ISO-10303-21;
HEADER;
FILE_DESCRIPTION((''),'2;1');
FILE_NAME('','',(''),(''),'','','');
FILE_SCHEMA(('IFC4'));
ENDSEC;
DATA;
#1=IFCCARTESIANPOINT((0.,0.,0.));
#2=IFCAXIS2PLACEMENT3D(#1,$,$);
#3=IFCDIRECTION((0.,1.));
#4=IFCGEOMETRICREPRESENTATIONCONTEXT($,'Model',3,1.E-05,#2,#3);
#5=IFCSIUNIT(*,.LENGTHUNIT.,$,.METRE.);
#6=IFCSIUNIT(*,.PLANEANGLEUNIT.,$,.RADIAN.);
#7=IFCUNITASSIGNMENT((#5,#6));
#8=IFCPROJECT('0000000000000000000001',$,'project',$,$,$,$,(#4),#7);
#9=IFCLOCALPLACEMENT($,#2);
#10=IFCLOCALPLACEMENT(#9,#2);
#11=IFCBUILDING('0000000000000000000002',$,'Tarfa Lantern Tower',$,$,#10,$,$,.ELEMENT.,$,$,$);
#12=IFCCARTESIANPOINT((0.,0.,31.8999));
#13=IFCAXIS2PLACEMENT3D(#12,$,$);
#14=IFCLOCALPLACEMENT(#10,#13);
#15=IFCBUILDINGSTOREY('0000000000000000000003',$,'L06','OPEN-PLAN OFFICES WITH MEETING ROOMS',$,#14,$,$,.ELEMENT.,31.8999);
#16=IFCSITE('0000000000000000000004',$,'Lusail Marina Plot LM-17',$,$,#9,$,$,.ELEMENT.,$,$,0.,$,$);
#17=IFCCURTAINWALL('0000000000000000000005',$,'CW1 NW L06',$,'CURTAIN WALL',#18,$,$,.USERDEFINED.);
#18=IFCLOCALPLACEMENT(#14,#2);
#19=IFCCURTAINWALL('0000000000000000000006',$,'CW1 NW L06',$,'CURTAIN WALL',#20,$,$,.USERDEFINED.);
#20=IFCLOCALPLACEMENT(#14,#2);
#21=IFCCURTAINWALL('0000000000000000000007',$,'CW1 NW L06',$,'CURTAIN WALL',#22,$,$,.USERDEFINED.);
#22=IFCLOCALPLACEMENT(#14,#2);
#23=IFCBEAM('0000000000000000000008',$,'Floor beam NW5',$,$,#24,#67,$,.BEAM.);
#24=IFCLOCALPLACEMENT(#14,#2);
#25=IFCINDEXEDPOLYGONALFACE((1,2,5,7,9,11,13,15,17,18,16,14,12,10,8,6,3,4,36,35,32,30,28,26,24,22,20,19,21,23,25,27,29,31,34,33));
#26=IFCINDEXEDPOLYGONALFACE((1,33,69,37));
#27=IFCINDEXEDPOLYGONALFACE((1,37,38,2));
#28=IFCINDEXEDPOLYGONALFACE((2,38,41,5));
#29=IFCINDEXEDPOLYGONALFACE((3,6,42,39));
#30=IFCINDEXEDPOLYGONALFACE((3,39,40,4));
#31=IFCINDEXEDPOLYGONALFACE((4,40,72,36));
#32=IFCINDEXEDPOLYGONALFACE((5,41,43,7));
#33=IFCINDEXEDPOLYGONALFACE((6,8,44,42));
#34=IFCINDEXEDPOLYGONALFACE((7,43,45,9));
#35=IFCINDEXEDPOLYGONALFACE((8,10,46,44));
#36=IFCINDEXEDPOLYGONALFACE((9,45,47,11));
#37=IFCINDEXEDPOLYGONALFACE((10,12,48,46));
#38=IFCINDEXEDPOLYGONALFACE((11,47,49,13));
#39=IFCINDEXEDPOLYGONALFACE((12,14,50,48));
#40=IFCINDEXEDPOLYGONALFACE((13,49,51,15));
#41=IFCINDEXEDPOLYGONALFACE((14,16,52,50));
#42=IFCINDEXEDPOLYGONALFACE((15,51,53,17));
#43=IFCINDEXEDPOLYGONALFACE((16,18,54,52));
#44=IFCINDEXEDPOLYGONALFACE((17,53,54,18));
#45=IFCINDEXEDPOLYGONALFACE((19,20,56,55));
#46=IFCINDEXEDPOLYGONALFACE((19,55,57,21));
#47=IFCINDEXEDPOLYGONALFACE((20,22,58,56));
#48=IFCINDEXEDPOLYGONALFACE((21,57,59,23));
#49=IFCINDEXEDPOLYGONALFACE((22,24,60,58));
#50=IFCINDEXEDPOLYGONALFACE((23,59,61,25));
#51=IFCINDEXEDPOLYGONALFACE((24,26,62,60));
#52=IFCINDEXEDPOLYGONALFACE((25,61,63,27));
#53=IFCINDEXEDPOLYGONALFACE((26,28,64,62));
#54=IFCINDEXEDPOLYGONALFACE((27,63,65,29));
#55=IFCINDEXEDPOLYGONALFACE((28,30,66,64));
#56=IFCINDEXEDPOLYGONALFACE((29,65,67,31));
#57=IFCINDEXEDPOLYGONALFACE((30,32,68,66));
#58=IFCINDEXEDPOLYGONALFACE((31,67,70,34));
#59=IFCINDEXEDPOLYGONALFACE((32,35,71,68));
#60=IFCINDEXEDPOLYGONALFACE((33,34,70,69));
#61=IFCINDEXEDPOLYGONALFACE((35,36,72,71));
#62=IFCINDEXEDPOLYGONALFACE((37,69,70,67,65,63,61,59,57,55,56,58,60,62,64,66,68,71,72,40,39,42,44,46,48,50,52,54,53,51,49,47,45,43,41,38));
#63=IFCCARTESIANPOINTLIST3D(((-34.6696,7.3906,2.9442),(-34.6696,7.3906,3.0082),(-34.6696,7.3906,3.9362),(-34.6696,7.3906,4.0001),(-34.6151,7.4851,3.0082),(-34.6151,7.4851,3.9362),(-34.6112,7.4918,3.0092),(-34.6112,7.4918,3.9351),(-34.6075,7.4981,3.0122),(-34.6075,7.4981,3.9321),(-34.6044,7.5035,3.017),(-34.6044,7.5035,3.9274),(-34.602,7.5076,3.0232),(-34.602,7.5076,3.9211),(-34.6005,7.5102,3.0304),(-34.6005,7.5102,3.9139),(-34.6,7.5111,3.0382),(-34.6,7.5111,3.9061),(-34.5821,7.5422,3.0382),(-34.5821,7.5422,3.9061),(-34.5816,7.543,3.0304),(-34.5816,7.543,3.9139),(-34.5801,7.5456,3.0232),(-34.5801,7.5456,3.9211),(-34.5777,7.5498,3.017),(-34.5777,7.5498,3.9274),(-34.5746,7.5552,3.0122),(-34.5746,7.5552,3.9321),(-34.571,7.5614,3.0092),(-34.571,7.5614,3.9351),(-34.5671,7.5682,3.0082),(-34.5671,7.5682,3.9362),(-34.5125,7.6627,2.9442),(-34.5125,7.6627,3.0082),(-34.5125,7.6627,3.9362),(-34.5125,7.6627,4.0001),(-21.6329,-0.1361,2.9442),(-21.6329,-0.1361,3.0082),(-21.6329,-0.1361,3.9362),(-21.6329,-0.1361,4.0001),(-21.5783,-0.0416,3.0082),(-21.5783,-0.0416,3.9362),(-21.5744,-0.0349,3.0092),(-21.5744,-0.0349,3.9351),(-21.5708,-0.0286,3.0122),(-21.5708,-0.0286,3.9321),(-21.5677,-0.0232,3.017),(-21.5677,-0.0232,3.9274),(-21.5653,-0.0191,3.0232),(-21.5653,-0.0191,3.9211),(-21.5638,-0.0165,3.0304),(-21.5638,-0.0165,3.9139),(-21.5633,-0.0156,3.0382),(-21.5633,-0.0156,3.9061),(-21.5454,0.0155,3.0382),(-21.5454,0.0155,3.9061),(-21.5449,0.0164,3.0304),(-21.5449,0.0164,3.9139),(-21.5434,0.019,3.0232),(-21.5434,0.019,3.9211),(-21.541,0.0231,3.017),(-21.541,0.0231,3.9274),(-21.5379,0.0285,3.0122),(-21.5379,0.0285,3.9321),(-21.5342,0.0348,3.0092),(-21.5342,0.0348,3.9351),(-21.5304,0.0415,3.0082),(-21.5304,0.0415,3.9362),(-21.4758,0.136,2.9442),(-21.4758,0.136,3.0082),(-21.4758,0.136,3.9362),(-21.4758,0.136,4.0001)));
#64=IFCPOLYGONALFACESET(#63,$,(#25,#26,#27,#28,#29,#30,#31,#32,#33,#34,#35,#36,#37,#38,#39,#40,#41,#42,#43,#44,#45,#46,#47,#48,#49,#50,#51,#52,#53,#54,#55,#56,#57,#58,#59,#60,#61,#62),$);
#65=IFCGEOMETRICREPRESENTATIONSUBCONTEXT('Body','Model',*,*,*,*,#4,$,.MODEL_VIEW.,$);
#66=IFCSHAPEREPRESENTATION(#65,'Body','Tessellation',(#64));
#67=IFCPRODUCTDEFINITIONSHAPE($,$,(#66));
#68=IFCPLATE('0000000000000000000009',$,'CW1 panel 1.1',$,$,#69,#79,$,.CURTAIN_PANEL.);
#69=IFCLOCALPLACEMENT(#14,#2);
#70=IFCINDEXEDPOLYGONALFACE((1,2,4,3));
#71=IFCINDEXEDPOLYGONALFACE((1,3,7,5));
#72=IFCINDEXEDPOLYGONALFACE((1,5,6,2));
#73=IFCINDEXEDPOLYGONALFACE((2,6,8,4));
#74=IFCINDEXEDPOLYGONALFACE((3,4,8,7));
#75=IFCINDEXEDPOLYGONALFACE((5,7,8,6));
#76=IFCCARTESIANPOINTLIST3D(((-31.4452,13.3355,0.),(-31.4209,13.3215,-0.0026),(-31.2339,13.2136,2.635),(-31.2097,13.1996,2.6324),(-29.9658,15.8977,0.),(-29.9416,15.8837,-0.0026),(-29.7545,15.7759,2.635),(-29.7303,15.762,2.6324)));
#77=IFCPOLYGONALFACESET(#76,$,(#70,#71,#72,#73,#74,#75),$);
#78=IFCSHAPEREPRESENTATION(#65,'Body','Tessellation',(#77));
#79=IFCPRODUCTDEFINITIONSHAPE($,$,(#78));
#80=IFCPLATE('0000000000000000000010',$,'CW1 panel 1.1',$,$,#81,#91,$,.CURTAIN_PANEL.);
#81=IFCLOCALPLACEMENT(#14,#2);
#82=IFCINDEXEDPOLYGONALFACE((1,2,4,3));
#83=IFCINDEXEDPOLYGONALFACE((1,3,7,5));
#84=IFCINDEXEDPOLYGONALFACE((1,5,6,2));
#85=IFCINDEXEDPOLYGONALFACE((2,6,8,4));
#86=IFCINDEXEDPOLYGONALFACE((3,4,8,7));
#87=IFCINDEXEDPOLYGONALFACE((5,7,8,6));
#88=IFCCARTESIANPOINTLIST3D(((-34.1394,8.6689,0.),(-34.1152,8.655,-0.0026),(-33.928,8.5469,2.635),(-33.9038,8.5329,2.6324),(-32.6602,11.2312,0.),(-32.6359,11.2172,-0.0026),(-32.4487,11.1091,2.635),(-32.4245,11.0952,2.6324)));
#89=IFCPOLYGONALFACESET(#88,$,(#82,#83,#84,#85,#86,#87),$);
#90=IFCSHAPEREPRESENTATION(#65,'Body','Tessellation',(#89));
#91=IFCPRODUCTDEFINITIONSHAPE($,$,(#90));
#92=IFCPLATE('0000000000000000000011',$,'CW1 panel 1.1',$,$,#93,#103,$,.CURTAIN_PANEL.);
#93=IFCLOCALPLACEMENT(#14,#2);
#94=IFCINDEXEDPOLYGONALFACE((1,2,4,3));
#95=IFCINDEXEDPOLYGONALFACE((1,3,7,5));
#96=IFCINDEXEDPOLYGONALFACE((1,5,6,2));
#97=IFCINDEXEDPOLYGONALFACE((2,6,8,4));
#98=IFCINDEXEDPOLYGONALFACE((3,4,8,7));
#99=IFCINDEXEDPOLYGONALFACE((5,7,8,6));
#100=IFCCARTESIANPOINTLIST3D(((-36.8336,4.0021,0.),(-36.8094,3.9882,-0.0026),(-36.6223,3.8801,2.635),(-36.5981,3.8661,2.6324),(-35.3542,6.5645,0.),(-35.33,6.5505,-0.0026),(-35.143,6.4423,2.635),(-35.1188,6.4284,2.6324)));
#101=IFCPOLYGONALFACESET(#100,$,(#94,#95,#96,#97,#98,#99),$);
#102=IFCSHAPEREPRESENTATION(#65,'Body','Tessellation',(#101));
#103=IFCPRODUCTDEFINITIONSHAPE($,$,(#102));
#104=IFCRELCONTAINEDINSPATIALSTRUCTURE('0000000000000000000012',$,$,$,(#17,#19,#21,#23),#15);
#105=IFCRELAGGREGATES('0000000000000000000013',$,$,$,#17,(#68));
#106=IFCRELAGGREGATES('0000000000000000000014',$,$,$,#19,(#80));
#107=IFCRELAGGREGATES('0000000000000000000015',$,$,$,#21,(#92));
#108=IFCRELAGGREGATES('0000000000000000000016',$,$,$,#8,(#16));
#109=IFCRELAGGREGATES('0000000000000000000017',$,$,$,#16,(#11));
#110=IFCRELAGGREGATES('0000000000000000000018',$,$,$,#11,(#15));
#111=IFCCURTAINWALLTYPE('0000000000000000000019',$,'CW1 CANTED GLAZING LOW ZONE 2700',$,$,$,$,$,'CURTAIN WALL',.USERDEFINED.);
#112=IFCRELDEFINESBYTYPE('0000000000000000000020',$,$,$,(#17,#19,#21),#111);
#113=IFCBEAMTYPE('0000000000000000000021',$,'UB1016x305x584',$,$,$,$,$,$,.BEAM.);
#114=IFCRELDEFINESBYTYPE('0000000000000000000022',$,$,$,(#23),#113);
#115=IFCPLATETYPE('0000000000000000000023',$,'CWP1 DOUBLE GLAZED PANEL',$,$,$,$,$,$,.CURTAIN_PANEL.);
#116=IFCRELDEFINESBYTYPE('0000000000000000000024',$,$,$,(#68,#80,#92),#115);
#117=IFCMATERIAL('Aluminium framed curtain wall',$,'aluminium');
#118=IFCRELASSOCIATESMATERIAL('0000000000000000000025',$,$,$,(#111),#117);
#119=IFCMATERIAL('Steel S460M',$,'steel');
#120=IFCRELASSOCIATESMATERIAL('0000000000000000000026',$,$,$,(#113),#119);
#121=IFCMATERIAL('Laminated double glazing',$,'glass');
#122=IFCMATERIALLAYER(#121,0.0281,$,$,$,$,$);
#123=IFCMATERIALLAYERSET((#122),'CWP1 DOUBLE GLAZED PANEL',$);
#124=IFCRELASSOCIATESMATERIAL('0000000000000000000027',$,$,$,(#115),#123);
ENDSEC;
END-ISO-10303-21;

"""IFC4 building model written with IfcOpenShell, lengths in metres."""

from ifc_helpers import new_model, si_unit, direction, frame, origin, origin_2d, place, context, subcontext, project, spatial, polyline, i_section, outline, extrude, material, layer, layer_set, material_profile, profile_set, type_object, element, aggregate, save


model = new_model("IFC4")

# Units and contexts
model_context = context("Model", 3, precision=1e-05, world=origin(), true_north=direction((0.0, 1.0)))
body_context = subcontext(model_context, "Body", "Model", "MODEL_VIEW")
ifc_project = project(units=[si_unit("LENGTHUNIT", "METRE"), si_unit("PLANEANGLEUNIT", "RADIAN")], contexts=[model_context])

# Site, building, storey
site_placement = place(None, origin())
site = spatial("IfcSite", under=ifc_project, at=site_placement, Name="Lusail Marina Plot LM-17", CompositionType="ELEMENT", RefElevation=0.0)
building_placement = place(site_placement, origin())
building = spatial("IfcBuilding", under=site, at=building_placement, Name="Tarfa Lantern Tower", CompositionType="ELEMENT")
storey_placement = place(building_placement, frame((0.0, 0.0, 31.8999)))
storey = spatial("IfcBuildingStorey", under=building, at=storey_placement, Name="L06", Description="OPEN-PLAN OFFICES WITH MEETING ROOMS", CompositionType="ELEMENT", Elevation=31.8999)

# Curtain walls
ifc_material_1 = material(Name="Aluminium framed curtain wall", Category="aluminium")
curtain_wall_type = type_object("IfcCurtainWallType", Name="CW1 CANTED GLAZING LOW ZONE 2700", ElementType="CURTAIN WALL", PredefinedType="USERDEFINED", material=ifc_material_1)
curtain_wall_1_placement = place(storey_placement, origin())
curtain_wall_1 = element("IfcCurtainWall", 1, at=curtain_wall_1_placement, inside=storey, type_object=curtain_wall_type, Name="CW1 NW L06", ObjectType="CURTAIN WALL", PredefinedType="USERDEFINED")
curtain_wall_2_placement = place(storey_placement, origin())
curtain_wall_2 = element("IfcCurtainWall", 2, at=curtain_wall_2_placement, inside=storey, type_object=curtain_wall_type, Name="CW1 NW L06", ObjectType="CURTAIN WALL", PredefinedType="USERDEFINED")
curtain_wall_3_placement = place(storey_placement, origin())
curtain_wall_3 = element("IfcCurtainWall", 3, at=curtain_wall_3_placement, inside=storey, type_object=curtain_wall_type, Name="CW1 NW L06", ObjectType="CURTAIN WALL", PredefinedType="USERDEFINED")

# Beam
ifc_material_2 = material(Name="Steel S460M", Category="steel")
ifc_material_profile_1 = material_profile(ifc_material_2, i_section(OverallWidth=0.3142, OverallDepth=1.0559, WebThickness=0.0359, FlangeThickness=0.064, FilletRadius=0.03, at=origin_2d()), Name="UB1016x305x584")
ifc_profile_set_1 = profile_set([ifc_material_profile_1], Name="Steel S460M")
beam_type_1 = type_object("IfcBeamType", Name="UB1016x305x584", PredefinedType="BEAM", material=ifc_profile_set_1)
beam_1_placement = place(storey_placement, frame((-34.5911, 7.5266, 3.4722), z_axis=(0.866028, -0.499996, 0.0), x_axis=(0.499996, 0.866028, 0.0)))
element("IfcBeam", 4, at=beam_1_placement, inside=storey, type_object=beam_type_1, Name="Floor beam NW5", PredefinedType="BEAM", context=body_context, shape_type="SweptSolid", body=[
    extrude(i_section(OverallWidth=0.3142, OverallDepth=1.0559, WebThickness=0.0359, FlangeThickness=0.064, FilletRadius=0.03, at=origin_2d()), origin(), (0.0, 0.0, 1.0), 15.0535),
])

# Plates
ifc_material_3 = material(Name="Laminated double glazing", Category="glass")
ifc_layer = layer(ifc_material_3, 0.0281)
ifc_layer_set = layer_set([ifc_layer], Name="CWP1 DOUBLE GLAZED PANEL")
plate_type = type_object("IfcPlateType", Name="CWP1 DOUBLE GLAZED PANEL", PredefinedType="CURTAIN_PANEL", material=ifc_layer_set)
plate_1_placement = place(storey_placement, frame((-29.9658, 15.8977, 0.0), z_axis=(-0.862332, 0.497885, 0.09217), x_axis=(-0.500013, -0.866018, 0.000003)))
plate_1 = element("IfcPlate", 5, at=plate_1_placement, type_object=plate_type, Name="CW1 panel 1.1", PredefinedType="CURTAIN_PANEL", context=body_context, shape_type="SweptSolid", body=[
    extrude(outline(polyline([(0.0, 0.0), (2.9586, 0.0), (2.9585, 2.6463), (-0.0002, 2.6463), (0.0, 0.0)])), origin(), (0.0, 0.0, -1.0), 0.0281),
])
aggregate(curtain_wall_1, [plate_1])
plate_2_placement = place(storey_placement, frame((-32.6602, 11.2312, 0.0), z_axis=(-0.862342, 0.49785, 0.092255), x_axis=(-0.499982, -0.866036, 0.0)))
plate_2 = element("IfcPlate", 6, at=plate_2_placement, type_object=plate_type, Name="CW1 panel 1.1", PredefinedType="CURTAIN_PANEL", context=body_context, shape_type="SweptSolid", body=[
    extrude(outline(polyline([(0.0, 0.0), (2.9586, 0.0), (2.9586, 2.6463), (0.0, 2.6463), (0.0, 0.0)])), origin(), (0.0, 0.0, -1.0), 0.0281),
])
aggregate(curtain_wall_2, [plate_2])
plate_3_placement = place(storey_placement, frame((-35.3542, 6.5645, 0.0), z_axis=(-0.862328, 0.497882, 0.092216), x_axis=(-0.500013, -0.866018, -0.000003)))
plate_3 = element("IfcPlate", 7, at=plate_3_placement, type_object=plate_type, Name="CW1 panel 1.1", PredefinedType="CURTAIN_PANEL", context=body_context, shape_type="SweptSolid", body=[
    extrude(outline(polyline([(0.0, 0.0), (2.9587, 0.0), (2.9587, 2.6463), (0.0001, 2.6463), (0.0, 0.0)])), origin(), (0.0, 0.0, -1.0), 0.0281),
])
aggregate(curtain_wall_3, [plate_3])

save(model, "model.ifc")
